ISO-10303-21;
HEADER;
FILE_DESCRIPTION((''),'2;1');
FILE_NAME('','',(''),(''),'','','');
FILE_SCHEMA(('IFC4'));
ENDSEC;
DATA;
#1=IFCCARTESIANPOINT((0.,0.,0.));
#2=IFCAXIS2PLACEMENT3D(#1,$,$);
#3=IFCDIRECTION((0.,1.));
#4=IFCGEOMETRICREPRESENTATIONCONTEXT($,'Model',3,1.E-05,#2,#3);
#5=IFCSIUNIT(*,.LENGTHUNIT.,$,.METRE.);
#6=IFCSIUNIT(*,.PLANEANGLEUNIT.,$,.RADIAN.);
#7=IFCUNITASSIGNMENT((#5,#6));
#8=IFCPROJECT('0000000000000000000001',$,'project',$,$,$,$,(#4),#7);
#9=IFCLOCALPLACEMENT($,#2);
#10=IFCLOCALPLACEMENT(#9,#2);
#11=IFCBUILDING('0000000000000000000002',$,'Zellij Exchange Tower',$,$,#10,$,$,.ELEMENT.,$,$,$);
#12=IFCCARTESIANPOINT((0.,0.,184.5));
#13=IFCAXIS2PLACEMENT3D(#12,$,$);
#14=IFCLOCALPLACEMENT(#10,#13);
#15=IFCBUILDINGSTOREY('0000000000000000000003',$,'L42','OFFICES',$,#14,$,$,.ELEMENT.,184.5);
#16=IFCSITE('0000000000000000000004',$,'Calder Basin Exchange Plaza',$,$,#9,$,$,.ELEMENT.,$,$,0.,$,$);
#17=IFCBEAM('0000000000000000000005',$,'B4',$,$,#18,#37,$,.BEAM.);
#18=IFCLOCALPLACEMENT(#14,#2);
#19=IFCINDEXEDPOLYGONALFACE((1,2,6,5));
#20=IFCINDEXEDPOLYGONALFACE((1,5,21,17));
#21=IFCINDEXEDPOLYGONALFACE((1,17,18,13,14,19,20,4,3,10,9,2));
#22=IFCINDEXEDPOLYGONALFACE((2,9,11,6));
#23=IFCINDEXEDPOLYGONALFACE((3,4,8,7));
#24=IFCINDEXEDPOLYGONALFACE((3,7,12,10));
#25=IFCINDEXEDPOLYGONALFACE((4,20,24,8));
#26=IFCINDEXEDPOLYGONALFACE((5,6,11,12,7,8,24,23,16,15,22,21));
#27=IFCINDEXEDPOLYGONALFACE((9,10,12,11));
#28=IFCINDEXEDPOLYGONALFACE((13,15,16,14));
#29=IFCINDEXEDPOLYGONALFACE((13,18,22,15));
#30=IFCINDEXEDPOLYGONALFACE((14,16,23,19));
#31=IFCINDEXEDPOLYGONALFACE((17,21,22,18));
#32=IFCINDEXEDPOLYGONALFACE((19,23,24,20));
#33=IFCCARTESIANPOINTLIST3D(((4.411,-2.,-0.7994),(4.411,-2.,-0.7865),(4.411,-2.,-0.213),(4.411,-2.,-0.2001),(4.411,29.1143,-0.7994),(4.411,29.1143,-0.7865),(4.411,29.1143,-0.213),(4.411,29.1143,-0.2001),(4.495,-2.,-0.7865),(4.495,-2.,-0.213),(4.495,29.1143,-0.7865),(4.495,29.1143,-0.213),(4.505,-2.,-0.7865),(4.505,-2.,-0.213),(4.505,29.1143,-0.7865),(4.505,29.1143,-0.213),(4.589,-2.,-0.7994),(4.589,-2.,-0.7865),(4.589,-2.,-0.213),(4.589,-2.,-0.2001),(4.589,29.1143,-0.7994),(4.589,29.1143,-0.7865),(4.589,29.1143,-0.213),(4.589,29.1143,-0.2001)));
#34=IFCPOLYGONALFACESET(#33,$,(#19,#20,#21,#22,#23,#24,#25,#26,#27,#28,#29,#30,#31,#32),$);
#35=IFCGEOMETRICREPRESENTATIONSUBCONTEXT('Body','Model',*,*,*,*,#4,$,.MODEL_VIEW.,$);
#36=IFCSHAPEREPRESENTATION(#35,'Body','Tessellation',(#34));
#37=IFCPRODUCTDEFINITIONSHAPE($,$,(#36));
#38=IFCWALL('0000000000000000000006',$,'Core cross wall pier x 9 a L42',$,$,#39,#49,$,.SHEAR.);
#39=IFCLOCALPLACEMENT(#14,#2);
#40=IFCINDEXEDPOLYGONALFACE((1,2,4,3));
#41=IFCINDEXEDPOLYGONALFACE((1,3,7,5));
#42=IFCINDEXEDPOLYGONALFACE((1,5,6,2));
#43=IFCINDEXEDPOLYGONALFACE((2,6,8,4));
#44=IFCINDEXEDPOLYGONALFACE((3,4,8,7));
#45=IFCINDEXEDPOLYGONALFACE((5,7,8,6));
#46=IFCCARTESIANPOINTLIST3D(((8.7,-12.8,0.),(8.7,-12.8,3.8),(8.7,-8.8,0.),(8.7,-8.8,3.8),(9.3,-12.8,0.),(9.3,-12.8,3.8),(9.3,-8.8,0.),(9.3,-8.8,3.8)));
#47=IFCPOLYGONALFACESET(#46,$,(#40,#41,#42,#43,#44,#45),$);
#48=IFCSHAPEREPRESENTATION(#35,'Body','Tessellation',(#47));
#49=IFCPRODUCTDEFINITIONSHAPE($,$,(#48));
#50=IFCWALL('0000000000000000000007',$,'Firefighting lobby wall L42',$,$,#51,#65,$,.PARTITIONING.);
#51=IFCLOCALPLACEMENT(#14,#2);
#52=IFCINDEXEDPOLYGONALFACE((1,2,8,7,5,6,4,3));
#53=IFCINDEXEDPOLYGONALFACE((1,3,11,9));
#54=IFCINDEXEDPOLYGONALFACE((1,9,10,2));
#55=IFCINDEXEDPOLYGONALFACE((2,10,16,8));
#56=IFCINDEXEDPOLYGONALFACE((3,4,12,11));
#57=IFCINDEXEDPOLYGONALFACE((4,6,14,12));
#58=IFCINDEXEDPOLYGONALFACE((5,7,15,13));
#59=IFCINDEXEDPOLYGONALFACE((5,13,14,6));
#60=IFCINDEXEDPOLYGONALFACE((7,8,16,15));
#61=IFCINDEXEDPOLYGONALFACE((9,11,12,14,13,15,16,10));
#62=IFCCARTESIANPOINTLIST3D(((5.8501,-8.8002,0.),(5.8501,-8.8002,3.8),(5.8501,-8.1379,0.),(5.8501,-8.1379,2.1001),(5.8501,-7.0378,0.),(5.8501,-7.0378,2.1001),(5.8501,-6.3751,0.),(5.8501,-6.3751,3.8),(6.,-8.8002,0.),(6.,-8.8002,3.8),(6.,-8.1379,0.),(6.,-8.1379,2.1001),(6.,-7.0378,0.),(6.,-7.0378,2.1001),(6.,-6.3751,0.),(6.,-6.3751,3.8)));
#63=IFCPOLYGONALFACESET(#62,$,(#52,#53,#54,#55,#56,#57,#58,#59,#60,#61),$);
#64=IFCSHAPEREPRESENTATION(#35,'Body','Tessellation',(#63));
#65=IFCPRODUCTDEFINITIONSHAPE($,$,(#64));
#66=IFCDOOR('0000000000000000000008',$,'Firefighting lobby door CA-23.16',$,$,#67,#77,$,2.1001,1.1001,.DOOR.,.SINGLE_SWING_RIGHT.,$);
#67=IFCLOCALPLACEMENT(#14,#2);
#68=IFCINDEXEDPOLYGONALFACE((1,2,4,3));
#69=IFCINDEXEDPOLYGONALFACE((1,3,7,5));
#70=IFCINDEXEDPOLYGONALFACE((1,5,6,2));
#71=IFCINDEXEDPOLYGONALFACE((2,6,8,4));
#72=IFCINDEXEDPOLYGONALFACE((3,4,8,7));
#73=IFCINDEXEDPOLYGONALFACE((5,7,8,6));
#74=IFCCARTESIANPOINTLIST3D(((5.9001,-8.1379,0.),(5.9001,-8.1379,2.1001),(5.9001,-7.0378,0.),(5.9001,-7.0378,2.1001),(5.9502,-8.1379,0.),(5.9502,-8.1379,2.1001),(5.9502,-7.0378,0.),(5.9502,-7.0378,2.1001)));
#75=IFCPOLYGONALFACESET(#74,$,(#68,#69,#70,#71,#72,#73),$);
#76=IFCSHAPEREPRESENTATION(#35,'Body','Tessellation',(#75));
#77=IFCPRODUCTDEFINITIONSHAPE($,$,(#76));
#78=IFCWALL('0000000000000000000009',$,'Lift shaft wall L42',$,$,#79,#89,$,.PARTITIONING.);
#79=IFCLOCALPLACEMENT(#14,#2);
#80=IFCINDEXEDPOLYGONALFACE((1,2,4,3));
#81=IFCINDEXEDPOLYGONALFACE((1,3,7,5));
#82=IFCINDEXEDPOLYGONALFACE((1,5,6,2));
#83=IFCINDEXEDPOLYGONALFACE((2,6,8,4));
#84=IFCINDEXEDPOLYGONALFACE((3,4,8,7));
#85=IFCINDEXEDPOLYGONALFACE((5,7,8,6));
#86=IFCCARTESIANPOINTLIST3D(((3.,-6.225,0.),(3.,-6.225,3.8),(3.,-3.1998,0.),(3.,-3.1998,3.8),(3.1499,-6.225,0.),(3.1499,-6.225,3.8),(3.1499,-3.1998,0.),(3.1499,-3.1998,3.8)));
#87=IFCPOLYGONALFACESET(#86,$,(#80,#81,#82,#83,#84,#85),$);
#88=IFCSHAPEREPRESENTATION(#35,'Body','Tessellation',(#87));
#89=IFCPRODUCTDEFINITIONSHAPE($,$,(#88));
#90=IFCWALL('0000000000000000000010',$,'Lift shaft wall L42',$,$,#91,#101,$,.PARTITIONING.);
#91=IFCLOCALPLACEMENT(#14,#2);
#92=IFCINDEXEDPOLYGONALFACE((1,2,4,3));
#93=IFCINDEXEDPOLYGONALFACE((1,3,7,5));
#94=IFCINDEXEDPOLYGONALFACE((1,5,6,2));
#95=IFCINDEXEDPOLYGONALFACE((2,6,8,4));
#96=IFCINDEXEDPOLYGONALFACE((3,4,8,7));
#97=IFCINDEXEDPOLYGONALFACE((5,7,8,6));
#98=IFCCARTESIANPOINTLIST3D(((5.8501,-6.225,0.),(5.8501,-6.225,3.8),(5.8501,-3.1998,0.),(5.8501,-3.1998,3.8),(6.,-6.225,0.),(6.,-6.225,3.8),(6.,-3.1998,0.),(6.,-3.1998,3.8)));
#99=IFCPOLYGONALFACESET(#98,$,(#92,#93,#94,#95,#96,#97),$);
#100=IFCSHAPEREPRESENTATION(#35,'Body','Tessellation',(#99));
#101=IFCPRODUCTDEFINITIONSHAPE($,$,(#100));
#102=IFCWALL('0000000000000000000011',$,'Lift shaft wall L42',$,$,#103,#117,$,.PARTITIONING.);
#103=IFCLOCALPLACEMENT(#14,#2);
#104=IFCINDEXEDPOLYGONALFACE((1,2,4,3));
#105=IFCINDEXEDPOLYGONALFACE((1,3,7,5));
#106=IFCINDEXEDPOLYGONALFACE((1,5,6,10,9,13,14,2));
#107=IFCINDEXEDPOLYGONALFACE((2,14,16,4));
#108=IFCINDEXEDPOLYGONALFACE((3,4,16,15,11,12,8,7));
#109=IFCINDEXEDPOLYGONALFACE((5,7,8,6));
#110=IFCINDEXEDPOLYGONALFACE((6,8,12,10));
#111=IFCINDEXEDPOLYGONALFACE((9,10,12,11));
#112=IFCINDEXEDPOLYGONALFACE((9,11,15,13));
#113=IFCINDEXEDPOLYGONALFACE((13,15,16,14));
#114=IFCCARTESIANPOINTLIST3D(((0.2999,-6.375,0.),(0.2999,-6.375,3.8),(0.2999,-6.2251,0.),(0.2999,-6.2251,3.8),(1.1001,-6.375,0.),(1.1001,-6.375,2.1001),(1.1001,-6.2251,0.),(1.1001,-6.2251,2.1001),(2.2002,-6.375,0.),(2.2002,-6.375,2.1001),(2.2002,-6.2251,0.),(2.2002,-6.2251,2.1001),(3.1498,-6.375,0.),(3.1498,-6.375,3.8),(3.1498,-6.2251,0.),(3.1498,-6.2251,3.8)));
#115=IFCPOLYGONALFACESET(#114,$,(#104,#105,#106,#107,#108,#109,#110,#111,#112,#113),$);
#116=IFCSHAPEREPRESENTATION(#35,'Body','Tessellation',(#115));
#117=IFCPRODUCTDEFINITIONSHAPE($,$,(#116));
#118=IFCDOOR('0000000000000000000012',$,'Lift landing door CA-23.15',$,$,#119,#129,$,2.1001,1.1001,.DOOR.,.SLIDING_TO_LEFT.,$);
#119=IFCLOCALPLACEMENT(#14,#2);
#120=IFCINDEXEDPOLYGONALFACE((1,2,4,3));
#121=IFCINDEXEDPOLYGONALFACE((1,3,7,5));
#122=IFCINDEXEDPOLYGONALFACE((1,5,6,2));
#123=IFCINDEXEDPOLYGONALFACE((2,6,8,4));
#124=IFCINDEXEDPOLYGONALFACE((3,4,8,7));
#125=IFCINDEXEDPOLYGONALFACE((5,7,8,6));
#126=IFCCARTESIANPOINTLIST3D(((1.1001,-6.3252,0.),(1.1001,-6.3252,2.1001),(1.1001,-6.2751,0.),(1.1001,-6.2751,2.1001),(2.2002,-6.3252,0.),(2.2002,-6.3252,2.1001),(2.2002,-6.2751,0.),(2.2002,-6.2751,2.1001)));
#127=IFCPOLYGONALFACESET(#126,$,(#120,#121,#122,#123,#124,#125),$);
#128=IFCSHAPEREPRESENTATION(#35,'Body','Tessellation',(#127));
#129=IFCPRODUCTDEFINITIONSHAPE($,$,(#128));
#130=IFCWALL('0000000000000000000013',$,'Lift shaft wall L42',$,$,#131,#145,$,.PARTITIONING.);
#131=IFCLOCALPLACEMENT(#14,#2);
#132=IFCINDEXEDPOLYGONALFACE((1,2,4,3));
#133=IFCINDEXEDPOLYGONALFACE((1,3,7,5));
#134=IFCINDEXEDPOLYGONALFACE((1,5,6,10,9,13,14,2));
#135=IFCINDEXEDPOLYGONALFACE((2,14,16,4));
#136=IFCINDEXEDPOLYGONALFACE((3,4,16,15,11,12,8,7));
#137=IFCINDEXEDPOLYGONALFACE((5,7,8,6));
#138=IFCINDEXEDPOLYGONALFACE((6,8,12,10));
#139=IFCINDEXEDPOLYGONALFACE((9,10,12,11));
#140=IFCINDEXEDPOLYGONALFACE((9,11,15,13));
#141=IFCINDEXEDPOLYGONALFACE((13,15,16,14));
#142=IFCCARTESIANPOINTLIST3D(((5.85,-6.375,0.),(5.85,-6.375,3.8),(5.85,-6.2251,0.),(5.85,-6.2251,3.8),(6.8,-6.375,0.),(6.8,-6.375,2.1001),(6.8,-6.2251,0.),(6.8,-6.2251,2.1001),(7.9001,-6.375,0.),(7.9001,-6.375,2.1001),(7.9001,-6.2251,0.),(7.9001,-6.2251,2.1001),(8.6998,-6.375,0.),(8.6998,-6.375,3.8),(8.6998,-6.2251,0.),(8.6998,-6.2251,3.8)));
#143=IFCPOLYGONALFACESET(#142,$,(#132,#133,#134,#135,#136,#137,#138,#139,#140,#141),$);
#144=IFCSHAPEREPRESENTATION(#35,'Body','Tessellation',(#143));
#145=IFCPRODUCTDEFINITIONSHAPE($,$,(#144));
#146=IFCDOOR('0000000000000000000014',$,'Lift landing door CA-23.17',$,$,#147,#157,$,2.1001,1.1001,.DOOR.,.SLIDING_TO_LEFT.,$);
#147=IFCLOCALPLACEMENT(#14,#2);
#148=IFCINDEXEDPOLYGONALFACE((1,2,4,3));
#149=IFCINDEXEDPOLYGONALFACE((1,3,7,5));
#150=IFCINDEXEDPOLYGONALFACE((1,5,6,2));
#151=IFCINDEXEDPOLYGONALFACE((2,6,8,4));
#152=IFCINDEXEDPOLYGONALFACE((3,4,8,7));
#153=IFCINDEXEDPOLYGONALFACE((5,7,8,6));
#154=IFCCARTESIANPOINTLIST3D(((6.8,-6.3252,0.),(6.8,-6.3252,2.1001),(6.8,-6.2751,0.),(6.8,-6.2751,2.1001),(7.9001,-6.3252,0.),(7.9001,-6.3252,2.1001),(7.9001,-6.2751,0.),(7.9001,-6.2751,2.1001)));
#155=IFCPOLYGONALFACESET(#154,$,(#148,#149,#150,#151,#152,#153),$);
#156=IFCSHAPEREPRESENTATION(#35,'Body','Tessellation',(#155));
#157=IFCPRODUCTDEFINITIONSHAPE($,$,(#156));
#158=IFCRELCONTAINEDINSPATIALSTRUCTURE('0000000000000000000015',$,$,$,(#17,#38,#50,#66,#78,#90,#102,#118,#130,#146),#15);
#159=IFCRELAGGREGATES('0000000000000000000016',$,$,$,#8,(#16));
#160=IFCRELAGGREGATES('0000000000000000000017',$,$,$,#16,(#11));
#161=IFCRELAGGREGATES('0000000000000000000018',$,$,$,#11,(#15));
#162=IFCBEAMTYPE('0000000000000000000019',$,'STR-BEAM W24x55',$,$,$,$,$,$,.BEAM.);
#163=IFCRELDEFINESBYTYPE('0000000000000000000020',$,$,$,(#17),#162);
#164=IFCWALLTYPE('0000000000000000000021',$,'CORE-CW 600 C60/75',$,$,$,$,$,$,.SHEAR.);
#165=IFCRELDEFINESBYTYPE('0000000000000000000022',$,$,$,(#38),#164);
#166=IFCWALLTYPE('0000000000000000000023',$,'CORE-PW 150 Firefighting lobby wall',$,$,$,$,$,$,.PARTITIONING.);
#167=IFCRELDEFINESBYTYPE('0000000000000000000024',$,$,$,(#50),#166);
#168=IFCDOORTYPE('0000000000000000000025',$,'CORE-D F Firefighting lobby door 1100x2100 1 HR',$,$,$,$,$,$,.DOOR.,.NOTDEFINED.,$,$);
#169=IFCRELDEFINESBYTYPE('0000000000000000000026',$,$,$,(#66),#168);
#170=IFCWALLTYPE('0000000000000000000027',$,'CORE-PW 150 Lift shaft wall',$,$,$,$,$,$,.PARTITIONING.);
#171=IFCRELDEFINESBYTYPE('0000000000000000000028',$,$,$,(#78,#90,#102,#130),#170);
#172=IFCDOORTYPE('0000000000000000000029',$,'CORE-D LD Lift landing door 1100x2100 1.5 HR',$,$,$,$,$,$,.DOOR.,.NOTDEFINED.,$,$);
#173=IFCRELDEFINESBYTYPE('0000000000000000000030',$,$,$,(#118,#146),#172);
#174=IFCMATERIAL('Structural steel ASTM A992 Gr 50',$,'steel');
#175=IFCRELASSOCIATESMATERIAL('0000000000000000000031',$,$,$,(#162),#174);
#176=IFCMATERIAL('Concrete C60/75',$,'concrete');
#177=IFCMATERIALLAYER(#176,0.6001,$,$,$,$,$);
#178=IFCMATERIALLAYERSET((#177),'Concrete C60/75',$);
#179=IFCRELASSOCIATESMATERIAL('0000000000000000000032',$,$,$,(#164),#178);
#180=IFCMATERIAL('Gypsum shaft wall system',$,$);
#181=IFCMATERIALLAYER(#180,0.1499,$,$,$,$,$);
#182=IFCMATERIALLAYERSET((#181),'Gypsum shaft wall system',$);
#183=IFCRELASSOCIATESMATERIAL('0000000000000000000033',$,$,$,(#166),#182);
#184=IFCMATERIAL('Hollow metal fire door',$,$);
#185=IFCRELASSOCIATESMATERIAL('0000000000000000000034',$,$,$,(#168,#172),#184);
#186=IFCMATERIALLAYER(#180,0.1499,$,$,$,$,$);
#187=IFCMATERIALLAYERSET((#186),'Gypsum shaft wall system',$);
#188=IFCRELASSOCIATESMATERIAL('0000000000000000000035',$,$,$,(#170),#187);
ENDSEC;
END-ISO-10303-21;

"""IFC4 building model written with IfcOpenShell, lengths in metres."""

from ifc_helpers import new_model, si_unit, direction, frame, frame_2d, origin, origin_2d, place, context, subcontext, project, spatial, rectangle, i_section, extrude, material, layer, layer_set, material_profile, profile_set, type_object, element, fill, save


model = new_model("IFC4")

# Units and contexts
model_context = context("Model", 3, precision=1e-05, world=origin(), true_north=direction((0.0, 1.0)))
body_context = subcontext(model_context, "Body", "Model", "MODEL_VIEW")
ifc_project = project(units=[si_unit("LENGTHUNIT", "METRE"), si_unit("PLANEANGLEUNIT", "RADIAN")], contexts=[model_context])

# Site, building, storey
site_placement = place(None, origin())
site = spatial("IfcSite", under=ifc_project, at=site_placement, Name="Calder Basin Exchange Plaza", CompositionType="ELEMENT", RefElevation=0.0)
building_placement = place(site_placement, origin())
building = spatial("IfcBuilding", under=site, at=building_placement, Name="Zellij Exchange Tower", CompositionType="ELEMENT")
storey_placement = place(building_placement, frame((0.0, 0.0, 184.5)))
storey = spatial("IfcBuildingStorey", under=building, at=storey_placement, Name="L42", Description="OFFICES", CompositionType="ELEMENT", Elevation=184.5)

# Beam
ifc_material_1 = material(Name="Structural steel ASTM A992 Gr 50", Category="steel")
ifc_material_profile = material_profile(ifc_material_1, i_section(OverallWidth=0.178, OverallDepth=0.5994, WebThickness=0.01, FlangeThickness=0.0129, at=origin_2d()), Name="W24x55")
ifc_profile_set = profile_set([ifc_material_profile], Name="Structural steel ASTM A992 Gr 50")
beam_type = type_object("IfcBeamType", Name="STR-BEAM W24x55", PredefinedType="BEAM", material=ifc_profile_set)
beam_placement = place(storey_placement, frame((4.5, -2.0, -0.4998), z_axis=(0.0, 1.0, 0.0), x_axis=(-1.0, 0.0, 0.0)))
element("IfcBeam", 1, at=beam_placement, inside=storey, type_object=beam_type, Name="B4", PredefinedType="BEAM", context=body_context, shape_type="SweptSolid", body=[
    extrude(i_section(OverallWidth=0.178, OverallDepth=0.5994, WebThickness=0.01, FlangeThickness=0.0129, at=origin_2d()), origin(), (0.0, 0.0, 1.0), 31.1143),
])

# Wall
ifc_material_2 = material(Name="Concrete C60/75", Category="concrete")
ifc_layer_1 = layer(ifc_material_2, 0.6001)
ifc_layer_set_1 = layer_set([ifc_layer_1], Name="Concrete C60/75")
wall_type_1 = type_object("IfcWallType", Name="CORE-CW 600 C60/75", PredefinedType="SHEAR", material=ifc_layer_set_1)
wall_1_placement = place(storey_placement, frame((9.0, -12.8, 0.0), z_axis=(0.0, 0.0, 1.0), x_axis=(0.0, 1.0, 0.0)))
element("IfcWall", 2, at=wall_1_placement, inside=storey, type_object=wall_type_1, Name="Core cross wall pier x 9 a L42", PredefinedType="SHEAR", context=body_context, shape_type="SweptSolid", body=[
    extrude(rectangle(XDim=4.0, YDim=0.6001, at=frame_2d((2.0, 0.0))), origin(), (0.0, 0.0, 1.0), 3.8),
])

# Wall, opening, door
ifc_material_3 = material(Name="Gypsum shaft wall system")
ifc_layer_2 = layer(ifc_material_3, 0.1499)
ifc_layer_set_2 = layer_set([ifc_layer_2], Name="Gypsum shaft wall system")
wall_type_2 = type_object("IfcWallType", Name="CORE-PW 150 Firefighting lobby wall", PredefinedType="PARTITIONING", material=ifc_layer_set_2)
wall_2_placement = place(storey_placement, frame((5.925, -8.8, 0.0), z_axis=(0.0, 0.0, 1.0), x_axis=(0.0, 1.0, 0.0)))
wall_2 = element("IfcWall", 3, at=wall_2_placement, inside=storey, type_object=wall_type_2, Name="Firefighting lobby wall L42", PredefinedType="PARTITIONING", context=body_context, shape_type="SweptSolid", body=[
    extrude(rectangle(XDim=2.425, YDim=0.1499, at=frame_2d((1.2124, 0.0))), origin(), (0.0, 0.0, 1.0), 3.8),
])
opening_1_placement = place(wall_2_placement, frame((0.6621, 0.0, 0.0)))
opening_1 = element("IfcOpeningElement", 4, at=opening_1_placement, cuts=wall_2, PredefinedType="OPENING", context=body_context, shape_type="SweptSolid", body=[
    extrude(rectangle(XDim=1.1001, YDim=2.1001, at=frame_2d((0.55, 1.05))), frame((0.0, 0.0869, 0.0), z_axis=(0.0, -1.0, 0.0), x_axis=(1.0, 0.0, 0.0)), (0.0, 0.0, 1.0), 0.1738),
])
ifc_material_4 = material(Name="Hollow metal fire door")
door_type_1 = type_object("IfcDoorType", Name="CORE-D F Firefighting lobby door 1100x2100 1 HR", OperationType="NOTDEFINED", PredefinedType="DOOR", material=ifc_material_4)
door_1_placement = place(opening_1_placement, origin())
door_1 = element("IfcDoor", 5, at=door_1_placement, inside=storey, type_object=door_type_1, Name="Firefighting lobby door CA-23.16", OperationType="SINGLE_SWING_RIGHT", OverallHeight=2.1001, OverallWidth=1.1001, PredefinedType="DOOR", context=body_context, shape_type="SweptSolid", body=[
    extrude(rectangle(XDim=1.1001, YDim=2.1001, at=frame_2d((0.55, 1.05))), frame((0.0, 0.0249, 0.0), z_axis=(0.0, -1.0, 0.0), x_axis=(1.0, 0.0, 0.0)), (0.0, 0.0, 1.0), 0.05),
])
fill(opening_1, door_1)

# Walls
ifc_layer_3 = layer(ifc_material_3, 0.1499)
ifc_layer_set_3 = layer_set([ifc_layer_3], Name="Gypsum shaft wall system")
wall_type_3 = type_object("IfcWallType", Name="CORE-PW 150 Lift shaft wall", PredefinedType="PARTITIONING", material=ifc_layer_set_3)
for number, where, z_axis, x_axis, name in (
    (6, (3.075, -6.2251, 0.0), (0.0, 0.0, 1.0), (0.0, 1.0, 0.0), "Lift shaft wall L42"),
    (7, (5.925, -6.2251, 0.0), (0.0, 0.0, 1.0), (0.0, 1.0, 0.0), "Lift shaft wall L42"),
):
    element("IfcWall", number, at=place(storey_placement, frame(where, z_axis=z_axis, x_axis=x_axis)), inside=storey, type_object=wall_type_3, Name=name, PredefinedType="PARTITIONING", context=body_context, shape_type="SweptSolid", body=[
        extrude(rectangle(XDim=3.0251, YDim=0.1499, at=frame_2d((1.5127, 0.0))), origin(), (0.0, 0.0, 1.0), 3.8),
    ])

# Walls, openings, doors
wall_3_placement = place(storey_placement, frame((0.3, -6.3, 0.0), z_axis=(0.0, 0.0, 1.0), x_axis=(1.0, 0.0, 0.0)))
wall_3 = element("IfcWall", 8, at=wall_3_placement, inside=storey, type_object=wall_type_3, Name="Lift shaft wall L42", PredefinedType="PARTITIONING", context=body_context, shape_type="SweptSolid", body=[
    extrude(rectangle(XDim=2.8499, YDim=0.1499, at=frame_2d((1.4248, 0.0))), origin(), (0.0, 0.0, 1.0), 3.8),
])
opening_2_placement = place(wall_3_placement, frame((0.8, 0.0, 0.0)))
opening_2 = element("IfcOpeningElement", 9, at=opening_2_placement, cuts=wall_3, PredefinedType="OPENING", context=body_context, shape_type="SweptSolid", body=[
    extrude(rectangle(XDim=1.1001, YDim=2.1001, at=frame_2d((0.55, 1.05))), frame((0.0, 0.0869, 0.0), z_axis=(0.0, -1.0, 0.0), x_axis=(1.0, 0.0, 0.0)), (0.0, 0.0, 1.0), 0.1738),
])
door_type_2 = type_object("IfcDoorType", Name="CORE-D LD Lift landing door 1100x2100 1.5 HR", OperationType="NOTDEFINED", PredefinedType="DOOR", material=ifc_material_4)
door_2_placement = place(opening_2_placement, origin())
door_2 = element("IfcDoor", 10, at=door_2_placement, inside=storey, type_object=door_type_2, Name="Lift landing door CA-23.15", OperationType="SLIDING_TO_LEFT", OverallHeight=2.1001, OverallWidth=1.1001, PredefinedType="DOOR", context=body_context, shape_type="SweptSolid", body=[
    extrude(rectangle(XDim=1.1001, YDim=2.1001, at=frame_2d((0.55, 1.05))), frame((0.0, 0.0249, 0.0), z_axis=(0.0, -1.0, 0.0), x_axis=(1.0, 0.0, 0.0)), (0.0, 0.0, 1.0), 0.05),
])
fill(opening_2, door_2)
wall_4_placement = place(storey_placement, frame((5.8501, -6.3, 0.0), z_axis=(0.0, 0.0, 1.0), x_axis=(1.0, 0.0, 0.0)))
wall_4 = element("IfcWall", 11, at=wall_4_placement, inside=storey, type_object=wall_type_3, Name="Lift shaft wall L42", PredefinedType="PARTITIONING", context=body_context, shape_type="SweptSolid", body=[
    extrude(rectangle(XDim=2.8499, YDim=0.1499, at=frame_2d((1.4248, 0.0))), origin(), (0.0, 0.0, 1.0), 3.8),
])
opening_3_placement = place(wall_4_placement, frame((0.95, 0.0, 0.0)))
opening_3 = element("IfcOpeningElement", 12, at=opening_3_placement, cuts=wall_4, PredefinedType="OPENING", context=body_context, shape_type="SweptSolid", body=[
    extrude(rectangle(XDim=1.1001, YDim=2.1001, at=frame_2d((0.55, 1.05))), frame((0.0, 0.0869, 0.0), z_axis=(0.0, -1.0, 0.0), x_axis=(1.0, 0.0, 0.0)), (0.0, 0.0, 1.0), 0.1738),
])
door_3_placement = place(opening_3_placement, origin())
door_3 = element("IfcDoor", 13, at=door_3_placement, inside=storey, type_object=door_type_2, Name="Lift landing door CA-23.17", OperationType="SLIDING_TO_LEFT", OverallHeight=2.1001, OverallWidth=1.1001, PredefinedType="DOOR", context=body_context, shape_type="SweptSolid", body=[
    extrude(rectangle(XDim=1.1001, YDim=2.1001, at=frame_2d((0.55, 1.05))), frame((0.0, 0.0249, 0.0), z_axis=(0.0, -1.0, 0.0), x_axis=(1.0, 0.0, 0.0)), (0.0, 0.0, 1.0), 0.05),
])
fill(opening_3, door_3)

save(model, "model.ifc")
